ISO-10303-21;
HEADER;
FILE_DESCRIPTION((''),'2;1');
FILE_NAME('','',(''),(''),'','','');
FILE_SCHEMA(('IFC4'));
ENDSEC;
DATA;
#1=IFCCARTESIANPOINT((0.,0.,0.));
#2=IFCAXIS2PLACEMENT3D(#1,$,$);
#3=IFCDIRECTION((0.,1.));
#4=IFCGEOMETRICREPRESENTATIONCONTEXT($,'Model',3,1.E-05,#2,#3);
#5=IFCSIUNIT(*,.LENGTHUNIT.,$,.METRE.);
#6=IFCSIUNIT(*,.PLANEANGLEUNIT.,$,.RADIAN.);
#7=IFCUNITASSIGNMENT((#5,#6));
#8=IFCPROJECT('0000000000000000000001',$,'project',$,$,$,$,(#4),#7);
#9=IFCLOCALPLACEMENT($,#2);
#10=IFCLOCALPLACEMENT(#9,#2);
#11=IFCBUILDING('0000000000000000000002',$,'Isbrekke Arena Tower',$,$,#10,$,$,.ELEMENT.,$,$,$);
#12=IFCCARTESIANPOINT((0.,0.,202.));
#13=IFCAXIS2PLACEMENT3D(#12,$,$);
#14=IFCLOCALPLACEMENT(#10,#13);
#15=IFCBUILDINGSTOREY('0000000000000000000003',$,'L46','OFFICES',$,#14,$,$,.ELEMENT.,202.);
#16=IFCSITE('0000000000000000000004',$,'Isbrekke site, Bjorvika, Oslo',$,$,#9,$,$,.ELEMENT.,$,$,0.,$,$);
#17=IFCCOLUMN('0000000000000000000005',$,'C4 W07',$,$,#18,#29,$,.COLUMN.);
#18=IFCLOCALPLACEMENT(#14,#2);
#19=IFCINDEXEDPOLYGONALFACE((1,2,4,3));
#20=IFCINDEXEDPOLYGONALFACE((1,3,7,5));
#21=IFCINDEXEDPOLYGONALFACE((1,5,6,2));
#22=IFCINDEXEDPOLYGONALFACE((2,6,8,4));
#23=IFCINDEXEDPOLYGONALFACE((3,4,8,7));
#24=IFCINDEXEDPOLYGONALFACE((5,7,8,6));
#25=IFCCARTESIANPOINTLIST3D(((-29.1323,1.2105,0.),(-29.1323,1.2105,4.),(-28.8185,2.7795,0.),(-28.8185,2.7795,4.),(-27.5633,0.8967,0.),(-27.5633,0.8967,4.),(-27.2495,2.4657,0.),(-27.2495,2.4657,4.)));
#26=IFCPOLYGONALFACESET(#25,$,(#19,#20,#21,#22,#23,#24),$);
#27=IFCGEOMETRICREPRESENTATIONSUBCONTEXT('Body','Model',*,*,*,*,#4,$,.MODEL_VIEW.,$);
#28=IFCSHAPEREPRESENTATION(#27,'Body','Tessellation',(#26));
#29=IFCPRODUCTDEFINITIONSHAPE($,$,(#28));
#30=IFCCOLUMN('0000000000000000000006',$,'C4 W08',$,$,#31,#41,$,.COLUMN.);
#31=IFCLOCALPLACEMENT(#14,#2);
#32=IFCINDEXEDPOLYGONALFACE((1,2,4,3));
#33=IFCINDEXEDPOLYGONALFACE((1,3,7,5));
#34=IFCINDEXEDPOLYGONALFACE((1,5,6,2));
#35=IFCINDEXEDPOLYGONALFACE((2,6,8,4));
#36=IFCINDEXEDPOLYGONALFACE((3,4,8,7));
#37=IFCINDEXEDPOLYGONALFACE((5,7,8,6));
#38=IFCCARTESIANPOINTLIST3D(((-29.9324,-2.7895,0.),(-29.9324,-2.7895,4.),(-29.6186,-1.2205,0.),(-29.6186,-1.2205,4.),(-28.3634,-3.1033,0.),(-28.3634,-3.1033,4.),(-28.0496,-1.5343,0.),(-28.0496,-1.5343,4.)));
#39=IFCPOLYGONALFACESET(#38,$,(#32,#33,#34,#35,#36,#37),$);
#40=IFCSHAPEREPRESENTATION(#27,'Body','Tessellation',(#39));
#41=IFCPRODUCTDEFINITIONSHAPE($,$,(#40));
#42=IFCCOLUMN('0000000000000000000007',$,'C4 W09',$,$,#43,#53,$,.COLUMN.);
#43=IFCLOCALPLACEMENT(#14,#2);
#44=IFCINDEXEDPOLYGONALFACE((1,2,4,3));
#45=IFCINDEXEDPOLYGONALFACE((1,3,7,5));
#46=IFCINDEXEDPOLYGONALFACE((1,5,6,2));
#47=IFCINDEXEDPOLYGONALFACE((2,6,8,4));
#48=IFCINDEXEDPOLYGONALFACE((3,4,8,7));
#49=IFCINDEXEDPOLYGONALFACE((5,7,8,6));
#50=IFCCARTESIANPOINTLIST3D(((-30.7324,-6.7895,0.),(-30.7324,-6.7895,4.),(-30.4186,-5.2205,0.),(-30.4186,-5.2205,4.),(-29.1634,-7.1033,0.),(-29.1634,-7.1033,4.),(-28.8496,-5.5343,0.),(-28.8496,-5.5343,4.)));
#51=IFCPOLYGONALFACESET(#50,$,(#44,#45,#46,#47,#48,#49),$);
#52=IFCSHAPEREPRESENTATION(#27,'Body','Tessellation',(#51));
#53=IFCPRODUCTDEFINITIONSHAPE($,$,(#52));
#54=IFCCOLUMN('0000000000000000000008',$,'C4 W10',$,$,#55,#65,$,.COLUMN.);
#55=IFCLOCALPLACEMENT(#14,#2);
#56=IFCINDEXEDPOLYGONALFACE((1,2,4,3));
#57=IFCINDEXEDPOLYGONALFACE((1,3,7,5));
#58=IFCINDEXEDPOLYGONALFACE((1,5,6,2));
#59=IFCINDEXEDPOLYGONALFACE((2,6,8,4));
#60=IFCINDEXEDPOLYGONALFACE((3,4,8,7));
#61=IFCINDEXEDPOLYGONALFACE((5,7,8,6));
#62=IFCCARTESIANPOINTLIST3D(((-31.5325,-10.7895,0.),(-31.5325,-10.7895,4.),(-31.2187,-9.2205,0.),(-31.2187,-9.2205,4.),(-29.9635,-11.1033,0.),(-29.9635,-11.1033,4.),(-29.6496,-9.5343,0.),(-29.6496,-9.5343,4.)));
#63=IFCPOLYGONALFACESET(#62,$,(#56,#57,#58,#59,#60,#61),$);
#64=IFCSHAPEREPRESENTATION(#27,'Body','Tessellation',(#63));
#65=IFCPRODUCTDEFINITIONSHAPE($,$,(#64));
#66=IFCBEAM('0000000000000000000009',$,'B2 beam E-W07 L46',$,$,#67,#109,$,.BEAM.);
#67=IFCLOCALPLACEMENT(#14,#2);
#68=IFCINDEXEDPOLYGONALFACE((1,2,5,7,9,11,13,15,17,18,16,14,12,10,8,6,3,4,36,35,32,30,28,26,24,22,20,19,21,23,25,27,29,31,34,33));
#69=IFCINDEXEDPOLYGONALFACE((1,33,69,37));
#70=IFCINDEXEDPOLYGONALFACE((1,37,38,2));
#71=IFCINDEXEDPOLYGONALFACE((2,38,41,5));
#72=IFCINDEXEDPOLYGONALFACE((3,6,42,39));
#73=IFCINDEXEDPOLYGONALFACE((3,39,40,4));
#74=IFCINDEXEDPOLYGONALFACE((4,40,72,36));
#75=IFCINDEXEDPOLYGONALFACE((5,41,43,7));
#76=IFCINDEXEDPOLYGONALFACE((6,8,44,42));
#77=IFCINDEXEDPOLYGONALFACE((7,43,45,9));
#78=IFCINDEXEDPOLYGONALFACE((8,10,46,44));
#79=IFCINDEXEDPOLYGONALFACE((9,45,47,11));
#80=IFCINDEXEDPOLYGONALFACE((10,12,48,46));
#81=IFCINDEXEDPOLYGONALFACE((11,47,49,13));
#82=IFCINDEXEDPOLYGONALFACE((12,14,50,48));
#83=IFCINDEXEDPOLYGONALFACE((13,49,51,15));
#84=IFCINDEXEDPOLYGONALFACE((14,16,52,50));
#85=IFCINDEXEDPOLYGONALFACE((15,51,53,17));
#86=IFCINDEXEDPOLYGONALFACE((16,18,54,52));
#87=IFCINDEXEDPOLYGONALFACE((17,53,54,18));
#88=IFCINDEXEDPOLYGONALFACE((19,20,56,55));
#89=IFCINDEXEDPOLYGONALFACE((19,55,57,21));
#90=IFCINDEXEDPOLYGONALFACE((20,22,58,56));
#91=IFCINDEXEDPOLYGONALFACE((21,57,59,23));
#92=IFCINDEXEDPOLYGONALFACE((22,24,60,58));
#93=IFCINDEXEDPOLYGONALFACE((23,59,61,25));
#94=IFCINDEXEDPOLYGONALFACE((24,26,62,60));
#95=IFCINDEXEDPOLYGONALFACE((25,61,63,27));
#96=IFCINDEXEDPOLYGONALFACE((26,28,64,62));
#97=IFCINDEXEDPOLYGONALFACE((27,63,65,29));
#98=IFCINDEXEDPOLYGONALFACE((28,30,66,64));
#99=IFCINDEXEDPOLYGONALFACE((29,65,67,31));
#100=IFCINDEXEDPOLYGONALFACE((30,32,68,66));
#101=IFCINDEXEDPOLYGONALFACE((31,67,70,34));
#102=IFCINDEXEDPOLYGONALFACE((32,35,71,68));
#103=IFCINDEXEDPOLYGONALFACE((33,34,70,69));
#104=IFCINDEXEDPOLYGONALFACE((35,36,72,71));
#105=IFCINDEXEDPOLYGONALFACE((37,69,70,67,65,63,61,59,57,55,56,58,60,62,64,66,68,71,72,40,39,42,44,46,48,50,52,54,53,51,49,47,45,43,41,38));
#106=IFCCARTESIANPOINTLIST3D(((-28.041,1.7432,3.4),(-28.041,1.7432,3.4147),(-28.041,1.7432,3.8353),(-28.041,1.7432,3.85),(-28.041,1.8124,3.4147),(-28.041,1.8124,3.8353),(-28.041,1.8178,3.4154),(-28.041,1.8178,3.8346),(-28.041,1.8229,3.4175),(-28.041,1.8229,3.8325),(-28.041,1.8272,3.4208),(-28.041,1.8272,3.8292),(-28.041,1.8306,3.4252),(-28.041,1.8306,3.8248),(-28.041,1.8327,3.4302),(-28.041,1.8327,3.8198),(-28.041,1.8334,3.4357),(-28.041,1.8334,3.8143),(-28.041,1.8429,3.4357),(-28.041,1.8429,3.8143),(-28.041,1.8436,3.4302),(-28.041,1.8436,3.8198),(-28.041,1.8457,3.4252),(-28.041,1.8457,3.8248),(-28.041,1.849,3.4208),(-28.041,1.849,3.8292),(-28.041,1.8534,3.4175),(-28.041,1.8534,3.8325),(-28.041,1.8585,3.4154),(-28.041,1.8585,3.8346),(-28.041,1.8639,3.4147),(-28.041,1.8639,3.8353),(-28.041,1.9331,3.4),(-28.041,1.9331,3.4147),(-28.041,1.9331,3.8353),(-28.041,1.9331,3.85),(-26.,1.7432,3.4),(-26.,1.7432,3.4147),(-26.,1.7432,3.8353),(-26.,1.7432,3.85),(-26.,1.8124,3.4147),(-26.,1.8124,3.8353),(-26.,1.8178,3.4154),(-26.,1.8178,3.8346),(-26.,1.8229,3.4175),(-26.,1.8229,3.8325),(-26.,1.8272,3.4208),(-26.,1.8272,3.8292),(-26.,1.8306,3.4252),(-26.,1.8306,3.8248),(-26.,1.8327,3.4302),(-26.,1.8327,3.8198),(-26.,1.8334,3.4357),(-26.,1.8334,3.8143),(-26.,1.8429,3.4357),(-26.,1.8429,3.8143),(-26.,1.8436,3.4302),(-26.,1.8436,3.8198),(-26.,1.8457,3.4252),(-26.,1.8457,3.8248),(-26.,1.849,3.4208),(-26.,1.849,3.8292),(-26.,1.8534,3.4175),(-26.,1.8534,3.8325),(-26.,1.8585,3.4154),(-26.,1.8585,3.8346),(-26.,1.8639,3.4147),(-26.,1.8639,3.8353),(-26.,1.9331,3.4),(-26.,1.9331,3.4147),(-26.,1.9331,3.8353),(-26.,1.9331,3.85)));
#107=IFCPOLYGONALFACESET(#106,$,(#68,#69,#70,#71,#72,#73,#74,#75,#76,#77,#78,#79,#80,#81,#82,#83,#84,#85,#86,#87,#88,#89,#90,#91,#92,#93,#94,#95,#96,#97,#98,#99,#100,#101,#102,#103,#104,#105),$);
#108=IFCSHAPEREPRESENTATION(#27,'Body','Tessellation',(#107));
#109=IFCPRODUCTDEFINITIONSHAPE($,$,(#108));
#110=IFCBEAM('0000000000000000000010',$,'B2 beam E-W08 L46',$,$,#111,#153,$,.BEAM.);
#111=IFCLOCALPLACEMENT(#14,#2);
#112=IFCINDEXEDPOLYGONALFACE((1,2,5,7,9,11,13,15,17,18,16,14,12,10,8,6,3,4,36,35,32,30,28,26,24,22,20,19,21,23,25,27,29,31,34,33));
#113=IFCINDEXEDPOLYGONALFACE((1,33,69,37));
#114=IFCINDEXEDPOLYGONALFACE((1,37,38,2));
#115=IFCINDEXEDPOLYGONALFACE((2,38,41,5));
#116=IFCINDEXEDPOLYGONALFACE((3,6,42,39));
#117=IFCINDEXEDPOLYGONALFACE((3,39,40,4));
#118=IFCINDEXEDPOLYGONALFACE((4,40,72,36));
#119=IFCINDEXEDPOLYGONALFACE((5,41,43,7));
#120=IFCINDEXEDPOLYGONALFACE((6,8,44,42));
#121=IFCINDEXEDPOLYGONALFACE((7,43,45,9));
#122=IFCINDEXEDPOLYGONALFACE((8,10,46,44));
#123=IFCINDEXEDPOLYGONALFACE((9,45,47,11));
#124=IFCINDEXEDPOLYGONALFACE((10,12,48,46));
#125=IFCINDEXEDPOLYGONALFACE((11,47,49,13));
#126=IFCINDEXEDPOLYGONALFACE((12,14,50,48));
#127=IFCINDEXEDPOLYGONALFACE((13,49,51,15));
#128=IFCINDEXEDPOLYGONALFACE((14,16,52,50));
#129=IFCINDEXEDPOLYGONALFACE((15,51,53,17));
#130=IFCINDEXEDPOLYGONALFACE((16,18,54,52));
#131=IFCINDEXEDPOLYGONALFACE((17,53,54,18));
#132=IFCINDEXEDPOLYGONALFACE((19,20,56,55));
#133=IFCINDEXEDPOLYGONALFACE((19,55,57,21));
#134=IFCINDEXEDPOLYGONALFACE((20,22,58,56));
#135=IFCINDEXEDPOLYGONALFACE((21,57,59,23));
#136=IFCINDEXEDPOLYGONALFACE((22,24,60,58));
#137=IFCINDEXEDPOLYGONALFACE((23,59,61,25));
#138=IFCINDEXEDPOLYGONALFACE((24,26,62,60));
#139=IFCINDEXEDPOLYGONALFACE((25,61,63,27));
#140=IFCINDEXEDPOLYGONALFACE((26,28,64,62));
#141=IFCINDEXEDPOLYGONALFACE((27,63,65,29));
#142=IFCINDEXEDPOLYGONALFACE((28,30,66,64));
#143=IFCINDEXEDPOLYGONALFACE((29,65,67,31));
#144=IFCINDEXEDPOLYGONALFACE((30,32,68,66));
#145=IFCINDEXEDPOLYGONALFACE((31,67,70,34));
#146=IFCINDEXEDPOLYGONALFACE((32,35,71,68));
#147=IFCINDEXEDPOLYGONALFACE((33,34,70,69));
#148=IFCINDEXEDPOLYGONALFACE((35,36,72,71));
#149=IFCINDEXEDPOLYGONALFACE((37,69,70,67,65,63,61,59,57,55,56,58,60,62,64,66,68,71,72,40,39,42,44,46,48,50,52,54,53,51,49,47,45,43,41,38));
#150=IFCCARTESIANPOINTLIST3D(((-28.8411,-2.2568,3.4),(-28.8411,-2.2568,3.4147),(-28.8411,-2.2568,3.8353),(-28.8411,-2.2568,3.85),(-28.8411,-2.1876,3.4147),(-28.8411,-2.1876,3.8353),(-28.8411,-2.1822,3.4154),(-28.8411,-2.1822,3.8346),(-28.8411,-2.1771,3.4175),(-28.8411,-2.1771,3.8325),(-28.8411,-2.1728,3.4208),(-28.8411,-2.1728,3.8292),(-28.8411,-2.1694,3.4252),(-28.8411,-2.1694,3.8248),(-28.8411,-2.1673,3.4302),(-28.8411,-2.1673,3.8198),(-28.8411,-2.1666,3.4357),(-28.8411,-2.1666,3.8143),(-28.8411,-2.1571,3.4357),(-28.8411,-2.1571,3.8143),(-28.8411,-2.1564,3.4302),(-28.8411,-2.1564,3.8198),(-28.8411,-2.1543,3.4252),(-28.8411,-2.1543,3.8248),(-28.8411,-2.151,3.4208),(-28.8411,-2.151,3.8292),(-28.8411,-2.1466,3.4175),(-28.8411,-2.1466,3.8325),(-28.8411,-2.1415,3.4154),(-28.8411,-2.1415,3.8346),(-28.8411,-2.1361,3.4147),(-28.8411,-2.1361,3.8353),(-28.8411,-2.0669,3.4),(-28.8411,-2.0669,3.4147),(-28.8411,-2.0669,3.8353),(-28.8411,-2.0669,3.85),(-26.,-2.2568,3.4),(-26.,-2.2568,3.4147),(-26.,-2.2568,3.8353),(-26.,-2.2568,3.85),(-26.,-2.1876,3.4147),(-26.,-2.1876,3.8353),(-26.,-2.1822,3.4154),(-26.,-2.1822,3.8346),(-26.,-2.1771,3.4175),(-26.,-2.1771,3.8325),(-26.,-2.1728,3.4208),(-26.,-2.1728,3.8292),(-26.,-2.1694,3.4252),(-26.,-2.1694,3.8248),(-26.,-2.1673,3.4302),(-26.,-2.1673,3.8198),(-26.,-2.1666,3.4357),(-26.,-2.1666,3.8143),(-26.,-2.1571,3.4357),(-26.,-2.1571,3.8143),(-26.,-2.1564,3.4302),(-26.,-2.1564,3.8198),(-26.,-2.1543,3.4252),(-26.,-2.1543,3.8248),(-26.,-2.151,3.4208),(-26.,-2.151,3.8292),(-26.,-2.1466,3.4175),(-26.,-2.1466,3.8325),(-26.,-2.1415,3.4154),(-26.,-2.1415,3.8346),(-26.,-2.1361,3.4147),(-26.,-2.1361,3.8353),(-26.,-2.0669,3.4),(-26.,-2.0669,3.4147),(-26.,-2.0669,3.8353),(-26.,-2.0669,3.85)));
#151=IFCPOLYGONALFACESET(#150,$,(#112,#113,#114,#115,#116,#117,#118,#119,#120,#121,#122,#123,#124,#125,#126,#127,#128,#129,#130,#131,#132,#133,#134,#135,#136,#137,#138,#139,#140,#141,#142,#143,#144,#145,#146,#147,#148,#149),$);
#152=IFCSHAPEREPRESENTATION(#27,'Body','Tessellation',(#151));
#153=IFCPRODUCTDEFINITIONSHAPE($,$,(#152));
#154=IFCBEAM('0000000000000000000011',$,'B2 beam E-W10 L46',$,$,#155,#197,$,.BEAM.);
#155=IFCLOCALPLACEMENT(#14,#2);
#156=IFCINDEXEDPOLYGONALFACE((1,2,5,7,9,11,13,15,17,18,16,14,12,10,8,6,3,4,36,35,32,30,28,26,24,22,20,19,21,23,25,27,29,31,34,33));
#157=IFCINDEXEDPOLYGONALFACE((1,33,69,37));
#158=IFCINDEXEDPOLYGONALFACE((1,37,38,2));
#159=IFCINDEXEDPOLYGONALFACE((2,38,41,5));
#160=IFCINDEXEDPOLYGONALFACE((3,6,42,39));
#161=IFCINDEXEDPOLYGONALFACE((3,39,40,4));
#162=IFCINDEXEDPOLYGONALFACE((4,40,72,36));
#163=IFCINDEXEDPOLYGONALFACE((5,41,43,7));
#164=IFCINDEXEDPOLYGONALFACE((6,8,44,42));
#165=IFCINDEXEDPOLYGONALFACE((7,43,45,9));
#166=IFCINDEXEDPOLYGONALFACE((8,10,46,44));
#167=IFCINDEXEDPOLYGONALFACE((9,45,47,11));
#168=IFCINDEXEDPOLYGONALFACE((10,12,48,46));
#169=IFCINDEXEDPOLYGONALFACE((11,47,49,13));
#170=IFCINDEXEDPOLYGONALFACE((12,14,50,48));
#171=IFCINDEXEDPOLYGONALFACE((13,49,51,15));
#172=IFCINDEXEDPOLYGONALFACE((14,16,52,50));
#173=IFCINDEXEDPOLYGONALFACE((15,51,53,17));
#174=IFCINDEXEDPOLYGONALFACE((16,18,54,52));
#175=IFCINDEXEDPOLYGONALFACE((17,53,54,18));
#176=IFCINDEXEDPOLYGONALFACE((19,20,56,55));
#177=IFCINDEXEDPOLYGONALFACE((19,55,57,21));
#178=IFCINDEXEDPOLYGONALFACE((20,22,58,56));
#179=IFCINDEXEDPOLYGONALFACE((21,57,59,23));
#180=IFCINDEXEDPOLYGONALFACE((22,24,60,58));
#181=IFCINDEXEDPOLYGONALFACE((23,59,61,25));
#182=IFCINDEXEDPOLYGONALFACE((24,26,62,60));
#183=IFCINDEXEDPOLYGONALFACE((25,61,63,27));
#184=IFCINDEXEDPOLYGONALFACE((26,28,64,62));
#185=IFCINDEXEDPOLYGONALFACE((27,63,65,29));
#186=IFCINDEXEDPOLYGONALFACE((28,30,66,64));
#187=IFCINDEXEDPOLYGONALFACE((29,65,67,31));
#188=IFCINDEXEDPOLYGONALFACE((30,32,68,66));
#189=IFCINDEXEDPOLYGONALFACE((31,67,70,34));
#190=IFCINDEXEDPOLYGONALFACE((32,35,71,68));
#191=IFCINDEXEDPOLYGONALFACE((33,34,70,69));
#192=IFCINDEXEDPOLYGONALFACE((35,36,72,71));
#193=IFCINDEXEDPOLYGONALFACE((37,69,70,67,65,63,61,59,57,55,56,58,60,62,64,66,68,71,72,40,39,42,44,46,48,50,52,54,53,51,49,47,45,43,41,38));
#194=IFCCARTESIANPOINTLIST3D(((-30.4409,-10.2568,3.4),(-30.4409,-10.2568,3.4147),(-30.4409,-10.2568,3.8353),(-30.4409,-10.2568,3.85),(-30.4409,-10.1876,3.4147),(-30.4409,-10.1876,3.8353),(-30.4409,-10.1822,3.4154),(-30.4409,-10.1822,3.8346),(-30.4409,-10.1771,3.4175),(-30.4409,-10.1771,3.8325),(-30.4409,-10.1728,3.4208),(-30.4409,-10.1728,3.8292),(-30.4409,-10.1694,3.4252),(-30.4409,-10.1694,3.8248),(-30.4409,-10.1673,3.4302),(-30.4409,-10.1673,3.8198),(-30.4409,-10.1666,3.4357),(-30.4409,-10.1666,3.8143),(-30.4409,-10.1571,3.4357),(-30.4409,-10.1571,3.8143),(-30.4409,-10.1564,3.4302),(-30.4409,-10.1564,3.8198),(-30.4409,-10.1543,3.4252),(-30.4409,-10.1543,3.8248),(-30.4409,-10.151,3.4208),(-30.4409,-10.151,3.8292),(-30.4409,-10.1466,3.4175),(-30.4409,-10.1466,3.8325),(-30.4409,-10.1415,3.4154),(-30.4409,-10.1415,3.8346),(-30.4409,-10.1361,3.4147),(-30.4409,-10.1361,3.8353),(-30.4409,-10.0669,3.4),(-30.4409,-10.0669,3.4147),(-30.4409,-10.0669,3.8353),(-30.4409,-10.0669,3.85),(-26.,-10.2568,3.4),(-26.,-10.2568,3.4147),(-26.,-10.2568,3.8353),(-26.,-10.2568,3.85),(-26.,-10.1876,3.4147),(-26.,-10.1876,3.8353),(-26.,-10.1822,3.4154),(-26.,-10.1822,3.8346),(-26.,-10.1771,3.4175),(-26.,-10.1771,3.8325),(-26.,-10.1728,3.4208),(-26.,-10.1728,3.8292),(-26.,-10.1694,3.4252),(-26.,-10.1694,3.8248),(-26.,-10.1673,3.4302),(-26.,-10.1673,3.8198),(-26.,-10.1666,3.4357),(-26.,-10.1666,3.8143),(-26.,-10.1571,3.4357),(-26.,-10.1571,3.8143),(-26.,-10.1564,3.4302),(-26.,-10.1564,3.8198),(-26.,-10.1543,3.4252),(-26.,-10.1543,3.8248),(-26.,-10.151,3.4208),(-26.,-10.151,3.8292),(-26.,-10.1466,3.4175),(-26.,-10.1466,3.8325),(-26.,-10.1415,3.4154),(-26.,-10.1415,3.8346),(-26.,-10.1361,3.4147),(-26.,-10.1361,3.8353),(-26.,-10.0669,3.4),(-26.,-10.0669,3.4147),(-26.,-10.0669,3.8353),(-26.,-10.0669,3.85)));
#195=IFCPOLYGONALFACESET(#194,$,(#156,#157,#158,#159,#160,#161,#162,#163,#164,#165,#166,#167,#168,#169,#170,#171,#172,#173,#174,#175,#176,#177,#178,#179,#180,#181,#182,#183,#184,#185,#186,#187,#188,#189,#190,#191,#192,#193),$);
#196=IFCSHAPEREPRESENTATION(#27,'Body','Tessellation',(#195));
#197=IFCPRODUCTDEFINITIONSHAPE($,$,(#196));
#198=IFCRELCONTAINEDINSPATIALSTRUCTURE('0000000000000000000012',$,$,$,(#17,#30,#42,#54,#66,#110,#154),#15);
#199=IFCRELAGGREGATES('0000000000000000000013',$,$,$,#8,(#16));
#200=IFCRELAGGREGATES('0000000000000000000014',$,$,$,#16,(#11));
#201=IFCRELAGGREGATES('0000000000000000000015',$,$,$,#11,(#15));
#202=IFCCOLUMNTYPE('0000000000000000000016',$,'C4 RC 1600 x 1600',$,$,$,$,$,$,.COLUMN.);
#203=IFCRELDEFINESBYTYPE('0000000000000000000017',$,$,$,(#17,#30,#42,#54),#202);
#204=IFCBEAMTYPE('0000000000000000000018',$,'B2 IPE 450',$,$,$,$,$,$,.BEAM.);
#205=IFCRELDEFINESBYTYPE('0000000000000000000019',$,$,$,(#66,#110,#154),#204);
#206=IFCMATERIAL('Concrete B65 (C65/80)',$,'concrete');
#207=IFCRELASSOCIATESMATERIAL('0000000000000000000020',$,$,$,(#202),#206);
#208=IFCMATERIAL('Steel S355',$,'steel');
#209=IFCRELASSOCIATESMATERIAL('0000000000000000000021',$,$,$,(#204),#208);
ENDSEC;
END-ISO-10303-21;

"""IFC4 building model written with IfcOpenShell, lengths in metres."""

from ifc_helpers import new_model, si_unit, direction, frame, origin, origin_2d, place, context, subcontext, project, spatial, rectangle, i_section, extrude, material, material_profile, profile_set, type_object, element, save


model = new_model("IFC4")

# Units and contexts
model_context = context("Model", 3, precision=1e-05, world=origin(), true_north=direction((0.0, 1.0)))
body_context = subcontext(model_context, "Body", "Model", "MODEL_VIEW")
ifc_project = project(units=[si_unit("LENGTHUNIT", "METRE"), si_unit("PLANEANGLEUNIT", "RADIAN")], contexts=[model_context])

# Site, building, storey
site_placement = place(None, origin())
site = spatial("IfcSite", under=ifc_project, at=site_placement, Name="Isbrekke site, Bjorvika, Oslo", CompositionType="ELEMENT", RefElevation=0.0)
building_placement = place(site_placement, origin())
building = spatial("IfcBuilding", under=site, at=building_placement, Name="Isbrekke Arena Tower", CompositionType="ELEMENT")
storey_placement = place(building_placement, frame((0.0, 0.0, 202.0)))
storey = spatial("IfcBuildingStorey", under=building, at=storey_placement, Name="L46", Description="OFFICES", CompositionType="ELEMENT", Elevation=202.0)

# Columns
ifc_material_1 = material(Name="Concrete B65 (C65/80)", Category="concrete")
ifc_material_profile_1 = material_profile(ifc_material_1, rectangle(XDim=1.6001, YDim=1.6001, at=origin_2d()), Name="RC 1600x1600")
ifc_profile_set_1 = profile_set([ifc_material_profile_1], Name="Concrete B65 (C65/80)")
column_type = type_object("IfcColumnType", Name="C4 RC 1600 x 1600", PredefinedType="COLUMN", material=ifc_profile_set_1)
for number, where, z_axis, x_axis, name in (
    (1, (-28.1909, 1.8381, 0.0), (0.0, 0.0, 1.0), (-0.196116, -0.980581, 0.0), "C4 W07"),
    (2, (-28.991, -2.1619, 0.0), (0.0, 0.0, 1.0), (-0.196116, -0.980581, 0.0), "C4 W08"),
    (3, (-29.791, -6.1619, 0.0), (0.0, 0.0, 1.0), (-0.196116, -0.980581, 0.0), "C4 W09"),
    (4, (-30.5911, -10.1619, 0.0), (0.0, 0.0, 1.0), (-0.196116, -0.980581, 0.0), "C4 W10"),
):
    element("IfcColumn", number, at=place(storey_placement, frame(where, z_axis=z_axis, x_axis=x_axis)), inside=storey, type_object=column_type, Name=name, PredefinedType="COLUMN", context=body_context, shape_type="SweptSolid", body=[
        extrude(rectangle(XDim=1.6001, YDim=1.6001, at=origin_2d()), origin(), (0.0, 0.0, 1.0), 4.0),
    ])

# Beams
ifc_material_2 = material(Name="Steel S355", Category="steel")
ifc_material_profile_2 = material_profile(ifc_material_2, i_section(OverallWidth=0.1899, OverallDepth=0.45, WebThickness=0.0095, FlangeThickness=0.0146, FilletRadius=0.021, at=origin_2d()), Name="IPE 450")
ifc_profile_set_2 = profile_set([ifc_material_profile_2], Name="Steel S355")
beam_type_1 = type_object("IfcBeamType", Name="B2 IPE 450", PredefinedType="BEAM", material=ifc_profile_set_2)
beam_1_placement = place(storey_placement, frame((-28.041, 1.8381, 3.625), z_axis=(1.0, 0.0, 0.0), x_axis=(0.0, 1.0, 0.0)))
element("IfcBeam", 5, at=beam_1_placement, inside=storey, type_object=beam_type_1, Name="B2 beam E-W07 L46", PredefinedType="BEAM", context=body_context, shape_type="SweptSolid", body=[
    extrude(i_section(OverallWidth=0.1899, OverallDepth=0.45, WebThickness=0.0095, FlangeThickness=0.0146, FilletRadius=0.021, at=origin_2d()), origin(), (0.0, 0.0, 1.0), 2.041),
])
beam_2_placement = place(storey_placement, frame((-28.8411, -2.1619, 3.625), z_axis=(1.0, 0.0, 0.0), x_axis=(0.0, 1.0, 0.0)))
element("IfcBeam", 6, at=beam_2_placement, inside=storey, type_object=beam_type_1, Name="B2 beam E-W08 L46", PredefinedType="BEAM", context=body_context, shape_type="SweptSolid", body=[
    extrude(i_section(OverallWidth=0.1899, OverallDepth=0.45, WebThickness=0.0095, FlangeThickness=0.0146, FilletRadius=0.021, at=origin_2d()), origin(), (0.0, 0.0, 1.0), 2.8411),
])
beam_3_placement = place(storey_placement, frame((-30.4409, -10.1619, 3.625), z_axis=(1.0, 0.0, 0.0), x_axis=(0.0, 1.0, 0.0)))
element("IfcBeam", 7, at=beam_3_placement, inside=storey, type_object=beam_type_1, Name="B2 beam E-W10 L46", PredefinedType="BEAM", context=body_context, shape_type="SweptSolid", body=[
    extrude(i_section(OverallWidth=0.1899, OverallDepth=0.45, WebThickness=0.0095, FlangeThickness=0.0146, FilletRadius=0.021, at=origin_2d()), origin(), (0.0, 0.0, 1.0), 4.4409),
])

save(model, "model.ifc")
